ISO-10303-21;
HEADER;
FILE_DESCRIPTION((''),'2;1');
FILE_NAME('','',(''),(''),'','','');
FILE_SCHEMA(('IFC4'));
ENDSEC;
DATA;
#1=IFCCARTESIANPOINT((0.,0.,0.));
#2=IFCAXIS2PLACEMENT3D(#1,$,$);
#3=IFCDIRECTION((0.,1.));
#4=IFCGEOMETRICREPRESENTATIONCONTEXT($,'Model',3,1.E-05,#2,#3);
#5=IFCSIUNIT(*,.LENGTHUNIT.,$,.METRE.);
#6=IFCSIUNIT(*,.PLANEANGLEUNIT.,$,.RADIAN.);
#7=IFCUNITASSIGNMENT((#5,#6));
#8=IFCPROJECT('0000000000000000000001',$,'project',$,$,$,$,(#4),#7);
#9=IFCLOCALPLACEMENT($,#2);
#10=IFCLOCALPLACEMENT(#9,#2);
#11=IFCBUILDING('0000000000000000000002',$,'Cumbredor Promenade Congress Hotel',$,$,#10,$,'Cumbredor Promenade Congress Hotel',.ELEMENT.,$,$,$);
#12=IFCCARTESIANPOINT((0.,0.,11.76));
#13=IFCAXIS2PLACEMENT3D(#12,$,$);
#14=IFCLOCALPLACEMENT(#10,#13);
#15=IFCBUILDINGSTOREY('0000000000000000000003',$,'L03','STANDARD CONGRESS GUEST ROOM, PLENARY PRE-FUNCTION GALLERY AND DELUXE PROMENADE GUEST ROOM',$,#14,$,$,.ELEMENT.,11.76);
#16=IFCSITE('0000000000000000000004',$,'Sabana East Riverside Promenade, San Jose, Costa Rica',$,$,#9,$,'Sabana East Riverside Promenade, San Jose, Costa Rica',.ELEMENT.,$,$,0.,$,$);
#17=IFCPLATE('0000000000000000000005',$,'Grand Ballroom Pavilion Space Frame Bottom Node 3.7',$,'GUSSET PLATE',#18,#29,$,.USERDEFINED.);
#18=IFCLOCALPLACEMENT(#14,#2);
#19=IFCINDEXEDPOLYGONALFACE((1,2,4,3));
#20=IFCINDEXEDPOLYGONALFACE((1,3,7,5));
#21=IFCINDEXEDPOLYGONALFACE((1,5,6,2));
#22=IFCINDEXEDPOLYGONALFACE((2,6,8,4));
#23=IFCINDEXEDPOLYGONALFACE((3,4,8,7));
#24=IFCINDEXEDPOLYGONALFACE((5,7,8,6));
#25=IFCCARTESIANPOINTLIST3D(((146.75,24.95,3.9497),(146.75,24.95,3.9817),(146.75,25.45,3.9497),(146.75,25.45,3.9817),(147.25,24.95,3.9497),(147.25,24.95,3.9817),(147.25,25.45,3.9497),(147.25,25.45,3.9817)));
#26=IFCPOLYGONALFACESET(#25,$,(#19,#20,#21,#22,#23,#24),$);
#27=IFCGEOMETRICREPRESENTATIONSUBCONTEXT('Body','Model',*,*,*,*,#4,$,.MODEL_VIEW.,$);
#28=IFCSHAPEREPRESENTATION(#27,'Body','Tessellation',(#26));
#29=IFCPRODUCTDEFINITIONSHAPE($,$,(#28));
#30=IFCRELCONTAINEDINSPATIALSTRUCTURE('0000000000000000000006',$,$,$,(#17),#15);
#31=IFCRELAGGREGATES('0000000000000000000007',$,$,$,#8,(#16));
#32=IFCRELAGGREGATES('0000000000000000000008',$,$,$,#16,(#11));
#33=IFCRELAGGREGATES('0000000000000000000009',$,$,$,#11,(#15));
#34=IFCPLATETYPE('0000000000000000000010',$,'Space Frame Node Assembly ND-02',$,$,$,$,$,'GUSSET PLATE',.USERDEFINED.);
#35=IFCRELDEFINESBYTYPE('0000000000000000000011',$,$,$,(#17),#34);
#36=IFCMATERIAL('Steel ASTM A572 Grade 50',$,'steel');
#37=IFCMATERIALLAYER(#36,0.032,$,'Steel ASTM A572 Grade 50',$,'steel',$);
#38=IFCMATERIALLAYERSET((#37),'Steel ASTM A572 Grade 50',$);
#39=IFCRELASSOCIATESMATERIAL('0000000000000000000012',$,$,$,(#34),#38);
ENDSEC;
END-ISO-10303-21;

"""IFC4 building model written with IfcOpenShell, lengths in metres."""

from ifc_helpers import new_model, si_unit, direction, frame, origin, origin_2d, place, context, subcontext, project, spatial, rectangle, extrude, material, layer, layer_set, type_object, element, save


model = new_model("IFC4")

# Units and contexts
model_context = context("Model", 3, precision=1e-05, world=origin(), true_north=direction((0.0, 1.0)))
body_context = subcontext(model_context, "Body", "Model", "MODEL_VIEW")
ifc_project = project(units=[si_unit("LENGTHUNIT", "METRE"), si_unit("PLANEANGLEUNIT", "RADIAN")], contexts=[model_context])

# Site, building, storey
site_placement = place(None, origin())
site = spatial("IfcSite", under=ifc_project, at=site_placement, Name="Sabana East Riverside Promenade, San Jose, Costa Rica", LongName="Sabana East Riverside Promenade, San Jose, Costa Rica", CompositionType="ELEMENT", RefElevation=0.0)
building_placement = place(site_placement, origin())
building = spatial("IfcBuilding", under=site, at=building_placement, Name="Cumbredor Promenade Congress Hotel", LongName="Cumbredor Promenade Congress Hotel", CompositionType="ELEMENT")
storey_placement = place(building_placement, frame((0.0, 0.0, 11.76)))
storey = spatial("IfcBuildingStorey", under=building, at=storey_placement, Name="L03", Description="STANDARD CONGRESS GUEST ROOM, PLENARY PRE-FUNCTION GALLERY AND DELUXE PROMENADE GUEST ROOM", CompositionType="ELEMENT", Elevation=11.76)

# Plate
ifc_material_1 = material(Name="Steel ASTM A572 Grade 50", Category="steel")
ifc_layer_1 = layer(ifc_material_1, 0.032, Name="Steel ASTM A572 Grade 50", Category="steel")
ifc_layer_set_1 = layer_set([ifc_layer_1], Name="Steel ASTM A572 Grade 50")
plate_type_1 = type_object("IfcPlateType", Name="Space Frame Node Assembly ND-02", ElementType="GUSSET PLATE", PredefinedType="USERDEFINED", material=ifc_layer_set_1)
for number, where, z_axis, x_axis, name in (
    (1, (147.0, 25.2, 3.9497), (0.0, 0.0, 1.0), (1.0, 0.0, 0.0), "Grand Ballroom Pavilion Space Frame Bottom Node 3.7"),
):
    element("IfcPlate", number, at=place(storey_placement, frame(where, z_axis=z_axis, x_axis=x_axis)), inside=storey, type_object=plate_type_1, Name=name, ObjectType="GUSSET PLATE", PredefinedType="USERDEFINED", context=body_context, shape_type="SweptSolid", body=[
        extrude(rectangle(XDim=0.5, YDim=0.5, at=origin_2d()), origin(), (0.0, 0.0, 1.0), 0.032),
    ])

save(model, "model.ifc")
